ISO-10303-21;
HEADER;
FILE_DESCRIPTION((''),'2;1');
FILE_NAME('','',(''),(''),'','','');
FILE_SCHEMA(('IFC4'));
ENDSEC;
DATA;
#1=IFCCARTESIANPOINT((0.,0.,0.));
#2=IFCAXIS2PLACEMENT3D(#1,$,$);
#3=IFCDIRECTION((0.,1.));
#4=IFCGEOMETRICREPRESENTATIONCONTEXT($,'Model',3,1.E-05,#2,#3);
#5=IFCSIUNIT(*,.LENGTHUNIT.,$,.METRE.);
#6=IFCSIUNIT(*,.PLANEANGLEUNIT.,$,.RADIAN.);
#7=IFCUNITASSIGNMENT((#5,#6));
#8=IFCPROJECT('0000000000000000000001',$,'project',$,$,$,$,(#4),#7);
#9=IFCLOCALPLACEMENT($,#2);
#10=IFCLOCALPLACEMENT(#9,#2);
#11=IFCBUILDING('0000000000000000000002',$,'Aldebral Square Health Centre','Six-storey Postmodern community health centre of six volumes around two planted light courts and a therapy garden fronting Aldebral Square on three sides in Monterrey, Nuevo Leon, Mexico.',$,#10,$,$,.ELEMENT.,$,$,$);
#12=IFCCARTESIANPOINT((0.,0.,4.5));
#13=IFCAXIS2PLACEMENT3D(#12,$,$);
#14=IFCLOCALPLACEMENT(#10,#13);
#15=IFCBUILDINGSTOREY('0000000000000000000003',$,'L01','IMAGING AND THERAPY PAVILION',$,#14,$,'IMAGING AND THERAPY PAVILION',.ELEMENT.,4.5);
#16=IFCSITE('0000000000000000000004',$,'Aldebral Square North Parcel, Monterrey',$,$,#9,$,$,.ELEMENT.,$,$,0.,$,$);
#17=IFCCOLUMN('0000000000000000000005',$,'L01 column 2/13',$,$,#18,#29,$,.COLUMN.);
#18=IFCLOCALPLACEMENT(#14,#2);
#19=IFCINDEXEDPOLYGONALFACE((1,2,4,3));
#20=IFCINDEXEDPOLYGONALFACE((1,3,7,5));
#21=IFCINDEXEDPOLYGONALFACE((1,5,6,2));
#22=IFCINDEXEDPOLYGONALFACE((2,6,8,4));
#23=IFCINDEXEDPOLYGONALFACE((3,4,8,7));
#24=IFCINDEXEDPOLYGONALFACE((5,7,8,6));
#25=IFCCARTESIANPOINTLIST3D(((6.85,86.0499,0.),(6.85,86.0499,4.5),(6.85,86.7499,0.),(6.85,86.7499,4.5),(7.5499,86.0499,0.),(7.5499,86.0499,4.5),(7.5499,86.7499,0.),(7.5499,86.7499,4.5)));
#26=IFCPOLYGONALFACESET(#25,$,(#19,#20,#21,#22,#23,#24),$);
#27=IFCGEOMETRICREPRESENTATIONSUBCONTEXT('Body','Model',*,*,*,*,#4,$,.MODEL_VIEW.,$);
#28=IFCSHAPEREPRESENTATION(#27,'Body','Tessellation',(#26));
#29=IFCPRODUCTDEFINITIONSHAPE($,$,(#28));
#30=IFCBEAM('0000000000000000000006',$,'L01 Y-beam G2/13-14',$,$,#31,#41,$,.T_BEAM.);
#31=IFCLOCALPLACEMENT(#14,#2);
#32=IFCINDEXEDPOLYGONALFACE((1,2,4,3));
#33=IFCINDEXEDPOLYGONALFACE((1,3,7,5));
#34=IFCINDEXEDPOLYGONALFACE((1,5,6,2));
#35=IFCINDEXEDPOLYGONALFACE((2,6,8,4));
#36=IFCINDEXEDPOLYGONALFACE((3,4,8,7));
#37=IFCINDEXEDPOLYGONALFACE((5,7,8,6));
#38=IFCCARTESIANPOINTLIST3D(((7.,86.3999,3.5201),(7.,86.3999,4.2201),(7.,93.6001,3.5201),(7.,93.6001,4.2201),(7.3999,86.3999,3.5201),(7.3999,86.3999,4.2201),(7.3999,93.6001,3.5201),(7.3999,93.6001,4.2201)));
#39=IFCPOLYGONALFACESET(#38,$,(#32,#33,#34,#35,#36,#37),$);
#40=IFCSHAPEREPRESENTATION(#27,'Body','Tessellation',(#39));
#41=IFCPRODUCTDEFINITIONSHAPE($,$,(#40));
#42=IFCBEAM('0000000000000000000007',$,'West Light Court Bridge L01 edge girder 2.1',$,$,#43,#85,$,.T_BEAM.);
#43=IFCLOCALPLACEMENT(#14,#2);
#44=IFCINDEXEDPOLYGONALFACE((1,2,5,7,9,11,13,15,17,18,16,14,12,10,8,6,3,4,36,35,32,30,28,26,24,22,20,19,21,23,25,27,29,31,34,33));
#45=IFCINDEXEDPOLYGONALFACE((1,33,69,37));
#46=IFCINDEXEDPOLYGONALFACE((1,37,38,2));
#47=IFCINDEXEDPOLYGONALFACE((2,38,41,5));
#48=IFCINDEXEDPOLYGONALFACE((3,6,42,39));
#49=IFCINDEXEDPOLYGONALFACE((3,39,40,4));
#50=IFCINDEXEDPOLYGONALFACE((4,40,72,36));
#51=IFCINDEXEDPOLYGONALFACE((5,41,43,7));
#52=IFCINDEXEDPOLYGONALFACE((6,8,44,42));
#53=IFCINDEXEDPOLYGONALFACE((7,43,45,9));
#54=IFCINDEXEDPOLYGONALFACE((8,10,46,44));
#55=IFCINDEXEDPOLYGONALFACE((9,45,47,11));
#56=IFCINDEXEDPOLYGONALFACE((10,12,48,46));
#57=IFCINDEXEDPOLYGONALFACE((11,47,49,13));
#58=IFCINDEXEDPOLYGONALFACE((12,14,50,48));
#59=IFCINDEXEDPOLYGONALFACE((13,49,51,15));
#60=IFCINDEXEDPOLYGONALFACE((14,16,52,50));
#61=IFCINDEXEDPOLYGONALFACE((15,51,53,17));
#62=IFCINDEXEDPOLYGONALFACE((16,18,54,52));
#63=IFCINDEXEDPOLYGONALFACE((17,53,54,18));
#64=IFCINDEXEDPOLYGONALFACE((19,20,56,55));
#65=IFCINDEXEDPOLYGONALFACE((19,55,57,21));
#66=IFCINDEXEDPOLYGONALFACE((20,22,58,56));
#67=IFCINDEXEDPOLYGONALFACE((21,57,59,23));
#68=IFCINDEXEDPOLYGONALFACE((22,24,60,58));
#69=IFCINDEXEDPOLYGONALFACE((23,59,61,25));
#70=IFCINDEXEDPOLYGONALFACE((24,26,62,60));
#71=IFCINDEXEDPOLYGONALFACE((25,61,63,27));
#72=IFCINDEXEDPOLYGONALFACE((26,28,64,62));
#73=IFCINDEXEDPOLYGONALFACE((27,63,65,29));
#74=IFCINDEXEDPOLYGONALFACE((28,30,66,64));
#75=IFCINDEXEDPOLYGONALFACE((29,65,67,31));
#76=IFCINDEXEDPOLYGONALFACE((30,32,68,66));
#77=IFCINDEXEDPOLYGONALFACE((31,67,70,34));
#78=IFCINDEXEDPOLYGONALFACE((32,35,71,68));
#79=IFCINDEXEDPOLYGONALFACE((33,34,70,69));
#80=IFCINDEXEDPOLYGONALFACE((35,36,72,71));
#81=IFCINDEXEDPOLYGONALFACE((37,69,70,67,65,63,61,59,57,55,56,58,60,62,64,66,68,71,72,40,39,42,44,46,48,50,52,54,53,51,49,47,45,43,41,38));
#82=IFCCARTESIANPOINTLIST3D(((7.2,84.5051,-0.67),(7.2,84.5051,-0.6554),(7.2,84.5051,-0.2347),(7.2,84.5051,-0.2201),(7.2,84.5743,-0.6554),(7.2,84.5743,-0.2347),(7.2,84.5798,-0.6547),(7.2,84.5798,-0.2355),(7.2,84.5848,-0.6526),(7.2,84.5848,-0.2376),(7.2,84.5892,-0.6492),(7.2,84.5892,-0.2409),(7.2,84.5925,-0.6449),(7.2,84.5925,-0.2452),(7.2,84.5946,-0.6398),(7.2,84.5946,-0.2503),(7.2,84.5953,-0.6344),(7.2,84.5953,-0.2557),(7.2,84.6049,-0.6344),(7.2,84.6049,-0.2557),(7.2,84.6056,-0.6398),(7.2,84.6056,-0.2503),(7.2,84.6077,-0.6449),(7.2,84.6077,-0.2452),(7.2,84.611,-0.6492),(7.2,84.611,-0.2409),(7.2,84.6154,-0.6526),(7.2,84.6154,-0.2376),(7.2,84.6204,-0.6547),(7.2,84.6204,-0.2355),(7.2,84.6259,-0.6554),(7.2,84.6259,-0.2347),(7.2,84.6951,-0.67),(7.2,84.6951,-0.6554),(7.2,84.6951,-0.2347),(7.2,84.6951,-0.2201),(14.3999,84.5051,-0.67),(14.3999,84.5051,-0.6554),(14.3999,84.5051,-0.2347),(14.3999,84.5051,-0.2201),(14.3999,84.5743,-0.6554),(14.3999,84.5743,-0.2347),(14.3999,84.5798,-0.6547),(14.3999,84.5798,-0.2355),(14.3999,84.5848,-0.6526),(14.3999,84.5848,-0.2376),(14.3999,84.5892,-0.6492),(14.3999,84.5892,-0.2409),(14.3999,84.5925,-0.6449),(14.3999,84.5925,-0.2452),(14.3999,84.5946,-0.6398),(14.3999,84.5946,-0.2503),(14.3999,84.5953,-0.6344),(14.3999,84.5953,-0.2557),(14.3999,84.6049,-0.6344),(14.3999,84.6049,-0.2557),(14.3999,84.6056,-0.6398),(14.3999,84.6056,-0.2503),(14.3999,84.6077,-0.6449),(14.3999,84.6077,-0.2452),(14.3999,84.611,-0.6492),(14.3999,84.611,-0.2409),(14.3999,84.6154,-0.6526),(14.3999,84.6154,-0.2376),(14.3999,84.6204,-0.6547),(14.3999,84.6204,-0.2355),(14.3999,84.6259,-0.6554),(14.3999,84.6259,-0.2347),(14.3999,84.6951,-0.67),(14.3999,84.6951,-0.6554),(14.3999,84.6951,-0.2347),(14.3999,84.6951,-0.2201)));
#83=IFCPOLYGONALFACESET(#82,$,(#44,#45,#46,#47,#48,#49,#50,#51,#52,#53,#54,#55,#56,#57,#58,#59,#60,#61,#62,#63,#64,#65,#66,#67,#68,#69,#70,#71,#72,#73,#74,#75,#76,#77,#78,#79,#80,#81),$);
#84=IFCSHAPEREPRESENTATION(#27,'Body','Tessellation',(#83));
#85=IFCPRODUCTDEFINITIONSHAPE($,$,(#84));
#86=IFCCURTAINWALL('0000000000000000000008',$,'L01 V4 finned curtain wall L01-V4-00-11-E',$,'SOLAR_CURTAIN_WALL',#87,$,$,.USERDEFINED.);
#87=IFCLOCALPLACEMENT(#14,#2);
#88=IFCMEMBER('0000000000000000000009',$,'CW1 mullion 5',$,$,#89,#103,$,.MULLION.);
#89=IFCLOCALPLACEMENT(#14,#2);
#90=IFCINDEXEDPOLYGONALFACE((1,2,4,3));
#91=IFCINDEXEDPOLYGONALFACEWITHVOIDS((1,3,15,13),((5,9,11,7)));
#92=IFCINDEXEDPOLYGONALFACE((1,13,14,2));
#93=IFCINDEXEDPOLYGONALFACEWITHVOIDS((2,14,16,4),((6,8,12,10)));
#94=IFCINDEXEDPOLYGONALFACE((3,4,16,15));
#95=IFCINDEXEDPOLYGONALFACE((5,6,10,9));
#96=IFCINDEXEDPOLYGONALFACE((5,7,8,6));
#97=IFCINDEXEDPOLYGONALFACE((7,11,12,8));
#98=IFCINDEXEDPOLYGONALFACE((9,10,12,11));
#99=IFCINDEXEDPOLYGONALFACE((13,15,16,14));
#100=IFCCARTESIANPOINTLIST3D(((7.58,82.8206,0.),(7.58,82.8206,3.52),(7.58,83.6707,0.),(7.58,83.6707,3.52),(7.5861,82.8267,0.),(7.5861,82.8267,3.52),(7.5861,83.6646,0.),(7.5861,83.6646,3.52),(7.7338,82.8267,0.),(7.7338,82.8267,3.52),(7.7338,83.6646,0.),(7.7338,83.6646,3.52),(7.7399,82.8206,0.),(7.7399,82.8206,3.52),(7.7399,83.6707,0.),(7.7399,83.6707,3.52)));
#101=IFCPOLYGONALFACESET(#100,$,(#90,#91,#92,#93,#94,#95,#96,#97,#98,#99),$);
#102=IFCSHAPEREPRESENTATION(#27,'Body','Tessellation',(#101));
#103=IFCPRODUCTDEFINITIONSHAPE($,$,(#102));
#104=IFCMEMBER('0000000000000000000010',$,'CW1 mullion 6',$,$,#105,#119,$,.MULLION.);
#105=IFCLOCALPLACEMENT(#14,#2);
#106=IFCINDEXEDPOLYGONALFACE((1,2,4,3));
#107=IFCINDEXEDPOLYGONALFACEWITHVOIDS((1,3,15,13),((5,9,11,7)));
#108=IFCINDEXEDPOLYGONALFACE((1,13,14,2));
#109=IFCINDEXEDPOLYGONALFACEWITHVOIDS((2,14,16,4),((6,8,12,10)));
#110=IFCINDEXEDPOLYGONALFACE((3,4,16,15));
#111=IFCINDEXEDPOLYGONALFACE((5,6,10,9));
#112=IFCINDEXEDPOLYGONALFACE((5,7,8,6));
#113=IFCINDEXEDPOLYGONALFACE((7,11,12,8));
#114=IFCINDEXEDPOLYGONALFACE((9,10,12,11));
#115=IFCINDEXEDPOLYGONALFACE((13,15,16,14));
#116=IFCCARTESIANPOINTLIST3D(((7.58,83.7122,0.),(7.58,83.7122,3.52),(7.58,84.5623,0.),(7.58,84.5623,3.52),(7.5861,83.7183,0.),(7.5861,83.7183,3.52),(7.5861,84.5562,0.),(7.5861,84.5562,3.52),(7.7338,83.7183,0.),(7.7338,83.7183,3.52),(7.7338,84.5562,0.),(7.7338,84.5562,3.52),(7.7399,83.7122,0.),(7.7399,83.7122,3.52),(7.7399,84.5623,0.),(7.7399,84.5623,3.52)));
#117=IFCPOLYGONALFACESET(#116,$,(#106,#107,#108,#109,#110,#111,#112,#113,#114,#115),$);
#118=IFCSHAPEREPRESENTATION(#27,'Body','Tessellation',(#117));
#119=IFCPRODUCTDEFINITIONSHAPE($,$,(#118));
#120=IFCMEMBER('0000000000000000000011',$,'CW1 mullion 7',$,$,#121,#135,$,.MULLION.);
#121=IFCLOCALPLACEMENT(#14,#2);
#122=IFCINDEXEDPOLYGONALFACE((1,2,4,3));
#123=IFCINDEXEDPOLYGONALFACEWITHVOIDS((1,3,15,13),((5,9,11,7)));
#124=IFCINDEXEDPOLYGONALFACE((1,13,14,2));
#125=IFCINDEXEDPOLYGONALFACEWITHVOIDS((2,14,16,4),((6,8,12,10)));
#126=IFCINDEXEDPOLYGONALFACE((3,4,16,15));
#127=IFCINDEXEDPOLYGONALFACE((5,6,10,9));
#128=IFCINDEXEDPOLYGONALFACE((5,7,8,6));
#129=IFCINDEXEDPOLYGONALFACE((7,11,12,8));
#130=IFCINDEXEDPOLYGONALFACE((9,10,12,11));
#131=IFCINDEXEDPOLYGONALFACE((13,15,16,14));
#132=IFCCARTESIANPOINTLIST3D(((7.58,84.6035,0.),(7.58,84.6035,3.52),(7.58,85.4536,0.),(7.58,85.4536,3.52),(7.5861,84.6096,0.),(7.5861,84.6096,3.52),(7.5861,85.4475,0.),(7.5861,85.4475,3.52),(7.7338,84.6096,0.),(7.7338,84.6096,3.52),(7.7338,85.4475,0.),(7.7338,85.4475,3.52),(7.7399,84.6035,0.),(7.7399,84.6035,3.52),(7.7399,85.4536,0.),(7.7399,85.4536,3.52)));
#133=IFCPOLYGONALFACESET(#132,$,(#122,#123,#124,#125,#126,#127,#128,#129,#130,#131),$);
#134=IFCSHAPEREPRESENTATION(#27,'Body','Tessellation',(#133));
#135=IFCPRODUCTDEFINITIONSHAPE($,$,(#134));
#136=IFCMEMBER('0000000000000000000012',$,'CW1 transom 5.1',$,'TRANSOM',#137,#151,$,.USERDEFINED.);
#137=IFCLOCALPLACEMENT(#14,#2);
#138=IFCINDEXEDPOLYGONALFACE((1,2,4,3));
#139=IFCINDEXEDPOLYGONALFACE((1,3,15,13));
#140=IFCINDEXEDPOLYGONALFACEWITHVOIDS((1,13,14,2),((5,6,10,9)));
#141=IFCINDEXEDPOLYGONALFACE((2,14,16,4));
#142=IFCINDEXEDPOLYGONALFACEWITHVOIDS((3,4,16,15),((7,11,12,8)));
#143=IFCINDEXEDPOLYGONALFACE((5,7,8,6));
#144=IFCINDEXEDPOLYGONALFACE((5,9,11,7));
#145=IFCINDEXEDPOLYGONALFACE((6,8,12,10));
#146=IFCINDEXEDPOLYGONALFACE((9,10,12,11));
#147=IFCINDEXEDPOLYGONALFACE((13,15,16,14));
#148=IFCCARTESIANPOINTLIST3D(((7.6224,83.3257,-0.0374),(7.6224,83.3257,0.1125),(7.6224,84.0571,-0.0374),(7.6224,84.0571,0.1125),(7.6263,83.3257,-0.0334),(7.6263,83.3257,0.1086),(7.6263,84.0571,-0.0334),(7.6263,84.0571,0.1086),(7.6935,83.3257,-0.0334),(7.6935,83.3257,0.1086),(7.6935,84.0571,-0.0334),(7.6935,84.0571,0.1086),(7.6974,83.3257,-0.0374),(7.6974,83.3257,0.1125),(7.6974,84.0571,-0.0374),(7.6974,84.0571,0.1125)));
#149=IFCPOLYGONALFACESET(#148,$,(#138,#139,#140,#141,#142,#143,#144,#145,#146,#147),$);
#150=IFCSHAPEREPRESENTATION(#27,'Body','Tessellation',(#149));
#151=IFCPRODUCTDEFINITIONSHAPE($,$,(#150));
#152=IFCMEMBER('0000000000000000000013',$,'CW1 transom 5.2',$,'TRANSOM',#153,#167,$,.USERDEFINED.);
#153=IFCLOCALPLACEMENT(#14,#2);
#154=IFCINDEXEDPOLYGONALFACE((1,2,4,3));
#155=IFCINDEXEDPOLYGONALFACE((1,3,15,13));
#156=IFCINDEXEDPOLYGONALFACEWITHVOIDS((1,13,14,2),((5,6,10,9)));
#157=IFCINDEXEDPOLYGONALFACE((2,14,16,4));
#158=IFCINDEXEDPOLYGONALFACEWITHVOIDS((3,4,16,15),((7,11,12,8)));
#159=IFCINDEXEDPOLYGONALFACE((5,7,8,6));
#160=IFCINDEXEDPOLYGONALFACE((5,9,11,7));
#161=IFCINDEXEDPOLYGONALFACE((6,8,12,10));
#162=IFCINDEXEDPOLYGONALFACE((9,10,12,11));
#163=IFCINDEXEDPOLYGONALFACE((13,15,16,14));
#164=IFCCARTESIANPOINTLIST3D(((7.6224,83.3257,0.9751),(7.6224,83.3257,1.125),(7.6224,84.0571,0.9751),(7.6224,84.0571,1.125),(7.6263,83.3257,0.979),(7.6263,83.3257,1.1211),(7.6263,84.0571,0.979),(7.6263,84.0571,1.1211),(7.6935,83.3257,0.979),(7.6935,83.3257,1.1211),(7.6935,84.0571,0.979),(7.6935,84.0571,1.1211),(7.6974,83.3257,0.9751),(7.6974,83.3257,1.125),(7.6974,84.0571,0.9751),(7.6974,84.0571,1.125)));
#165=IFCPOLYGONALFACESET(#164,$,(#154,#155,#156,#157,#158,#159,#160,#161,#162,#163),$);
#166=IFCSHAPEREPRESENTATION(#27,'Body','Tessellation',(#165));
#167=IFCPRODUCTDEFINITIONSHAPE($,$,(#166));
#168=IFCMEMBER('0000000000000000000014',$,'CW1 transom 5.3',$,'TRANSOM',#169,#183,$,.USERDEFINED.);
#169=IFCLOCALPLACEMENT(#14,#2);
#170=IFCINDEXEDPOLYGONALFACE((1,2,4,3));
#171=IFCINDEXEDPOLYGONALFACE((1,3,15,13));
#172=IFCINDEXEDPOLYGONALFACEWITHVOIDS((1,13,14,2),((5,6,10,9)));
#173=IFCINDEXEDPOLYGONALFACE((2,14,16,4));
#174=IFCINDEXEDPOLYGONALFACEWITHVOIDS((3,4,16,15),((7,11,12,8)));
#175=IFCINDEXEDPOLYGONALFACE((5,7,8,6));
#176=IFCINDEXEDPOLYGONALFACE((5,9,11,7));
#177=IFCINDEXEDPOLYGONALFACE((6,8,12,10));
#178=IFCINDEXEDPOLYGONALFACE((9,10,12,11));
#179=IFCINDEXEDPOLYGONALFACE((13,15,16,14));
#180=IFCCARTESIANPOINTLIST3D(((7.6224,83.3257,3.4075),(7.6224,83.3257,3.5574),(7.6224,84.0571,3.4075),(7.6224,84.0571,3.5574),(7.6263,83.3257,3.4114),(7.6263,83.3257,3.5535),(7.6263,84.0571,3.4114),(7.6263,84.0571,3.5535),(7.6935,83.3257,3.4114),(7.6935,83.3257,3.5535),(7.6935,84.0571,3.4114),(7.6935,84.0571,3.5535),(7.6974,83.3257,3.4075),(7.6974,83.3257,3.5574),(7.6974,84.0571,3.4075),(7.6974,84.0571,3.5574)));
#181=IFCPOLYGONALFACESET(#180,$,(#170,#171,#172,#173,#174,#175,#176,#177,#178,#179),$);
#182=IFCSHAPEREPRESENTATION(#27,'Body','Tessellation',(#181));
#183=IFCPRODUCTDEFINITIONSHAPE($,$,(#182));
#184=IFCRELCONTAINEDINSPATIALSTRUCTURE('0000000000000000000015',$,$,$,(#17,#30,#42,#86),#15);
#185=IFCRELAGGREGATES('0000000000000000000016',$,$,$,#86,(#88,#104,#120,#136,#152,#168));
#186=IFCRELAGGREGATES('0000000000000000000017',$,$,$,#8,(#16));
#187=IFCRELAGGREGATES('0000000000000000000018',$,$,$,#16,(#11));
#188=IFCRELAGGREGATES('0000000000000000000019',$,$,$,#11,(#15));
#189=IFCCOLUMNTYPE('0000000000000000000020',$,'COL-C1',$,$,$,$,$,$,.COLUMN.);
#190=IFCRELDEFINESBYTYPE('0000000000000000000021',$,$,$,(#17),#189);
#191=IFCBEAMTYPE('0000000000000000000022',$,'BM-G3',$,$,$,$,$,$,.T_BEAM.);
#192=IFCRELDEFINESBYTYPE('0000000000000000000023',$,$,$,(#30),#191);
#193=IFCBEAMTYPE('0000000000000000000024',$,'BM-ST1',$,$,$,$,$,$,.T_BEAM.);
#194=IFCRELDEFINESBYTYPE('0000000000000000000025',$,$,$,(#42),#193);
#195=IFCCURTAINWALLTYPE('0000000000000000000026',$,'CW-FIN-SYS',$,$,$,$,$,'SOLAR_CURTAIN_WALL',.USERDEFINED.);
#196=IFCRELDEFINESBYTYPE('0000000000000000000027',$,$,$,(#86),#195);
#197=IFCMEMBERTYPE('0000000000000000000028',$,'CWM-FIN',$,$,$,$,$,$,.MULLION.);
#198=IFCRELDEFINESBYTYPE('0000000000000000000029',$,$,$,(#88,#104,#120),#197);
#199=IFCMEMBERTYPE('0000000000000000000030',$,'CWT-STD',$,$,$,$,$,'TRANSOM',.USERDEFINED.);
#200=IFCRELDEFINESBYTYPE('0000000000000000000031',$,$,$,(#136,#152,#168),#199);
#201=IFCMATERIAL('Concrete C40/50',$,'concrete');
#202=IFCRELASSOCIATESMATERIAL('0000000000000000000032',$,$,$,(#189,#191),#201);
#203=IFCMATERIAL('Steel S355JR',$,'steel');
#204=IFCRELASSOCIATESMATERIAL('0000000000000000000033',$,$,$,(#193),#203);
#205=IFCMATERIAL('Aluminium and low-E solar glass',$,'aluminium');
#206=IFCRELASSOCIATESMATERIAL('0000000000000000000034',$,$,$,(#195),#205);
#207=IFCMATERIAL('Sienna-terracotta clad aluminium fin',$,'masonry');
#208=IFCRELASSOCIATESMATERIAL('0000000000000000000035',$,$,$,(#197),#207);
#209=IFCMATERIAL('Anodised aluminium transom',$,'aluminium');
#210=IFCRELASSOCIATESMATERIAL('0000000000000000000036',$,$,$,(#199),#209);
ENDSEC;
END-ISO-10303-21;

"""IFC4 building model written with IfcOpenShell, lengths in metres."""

from ifc_helpers import new_model, si_unit, direction, frame, origin, origin_2d, place, context, subcontext, project, spatial, rectangle, hollow_rectangle, i_section, extrude, material, material_profile, profile_set, type_object, element, aggregate, save


model = new_model("IFC4")

# Units and contexts
model_context = context("Model", 3, precision=1e-05, world=origin(), true_north=direction((0.0, 1.0)))
body_context = subcontext(model_context, "Body", "Model", "MODEL_VIEW")
ifc_project = project(units=[si_unit("LENGTHUNIT", "METRE"), si_unit("PLANEANGLEUNIT", "RADIAN")], contexts=[model_context])

# Site, building, storey
site_placement = place(None, origin())
site = spatial("IfcSite", under=ifc_project, at=site_placement, Name="Aldebral Square North Parcel, Monterrey", CompositionType="ELEMENT", RefElevation=0.0)
building_placement = place(site_placement, origin())
building = spatial("IfcBuilding", under=site, at=building_placement, Name="Aldebral Square Health Centre", Description="Six-storey Postmodern community health centre of six volumes around two planted light courts and a therapy garden fronting Aldebral Square on three sides in Monterrey, Nuevo Leon, Mexico.", CompositionType="ELEMENT")
storey_placement = place(building_placement, frame((0.0, 0.0, 4.5)))
storey = spatial("IfcBuildingStorey", under=building, at=storey_placement, Name="L01", Description="IMAGING AND THERAPY PAVILION", LongName="IMAGING AND THERAPY PAVILION", CompositionType="ELEMENT", Elevation=4.5)

# Column
ifc_material_1 = material(Name="Concrete C40/50", Category="concrete")
ifc_material_profile_1 = material_profile(ifc_material_1, rectangle(XDim=0.7, YDim=0.7, at=origin_2d()), Name="RC 700x700")
ifc_profile_set_1 = profile_set([ifc_material_profile_1], Name="Concrete C40/50")
column_type = type_object("IfcColumnType", Name="COL-C1", PredefinedType="COLUMN", material=ifc_profile_set_1)
column_placement = place(storey_placement, frame((7.2, 86.3999, 0.0), z_axis=(0.0, 0.0, 1.0), x_axis=(1.0, 0.0, 0.0)))
element("IfcColumn", 1, at=column_placement, inside=storey, type_object=column_type, Name="L01 column 2/13", PredefinedType="COLUMN", context=body_context, shape_type="SweptSolid", body=[
    extrude(rectangle(XDim=0.7, YDim=0.7, at=origin_2d()), origin(), (0.0, 0.0, 1.0), 4.5),
])

# Beams
ifc_material_profile_2 = material_profile(ifc_material_1, rectangle(XDim=0.3999, YDim=0.7, at=origin_2d()), Name="RC 400x700")
ifc_profile_set_2 = profile_set([ifc_material_profile_2], Name="Concrete C40/50")
beam_type_1 = type_object("IfcBeamType", Name="BM-G3", PredefinedType="T_BEAM", material=ifc_profile_set_2)
beam_1_placement = place(storey_placement, frame((7.2, 86.3999, 3.8701), z_axis=(0.0, 1.0, 0.0), x_axis=(-1.0, 0.0, 0.0)))
element("IfcBeam", 2, at=beam_1_placement, inside=storey, type_object=beam_type_1, Name="L01 Y-beam G2/13-14", PredefinedType="T_BEAM", context=body_context, shape_type="SweptSolid", body=[
    extrude(rectangle(XDim=0.3999, YDim=0.7, at=origin_2d()), origin(), (0.0, 0.0, 1.0), 7.2002),
])
ifc_material_2 = material(Name="Steel S355JR", Category="steel")
ifc_material_profile_3 = material_profile(ifc_material_2, i_section(OverallWidth=0.1899, OverallDepth=0.45, WebThickness=0.0095, FlangeThickness=0.0146, FilletRadius=0.021, at=origin_2d()), Name="IPE 450")
ifc_profile_set_3 = profile_set([ifc_material_profile_3], Name="Steel S355JR")
beam_type_2 = type_object("IfcBeamType", Name="BM-ST1", PredefinedType="T_BEAM", material=ifc_profile_set_3)
beam_2_placement = place(storey_placement, frame((7.2, 84.6001, -0.4451), z_axis=(1.0, 0.0, 0.0), x_axis=(0.0, 1.0, 0.0)))
element("IfcBeam", 3, at=beam_2_placement, inside=storey, type_object=beam_type_2, Name="West Light Court Bridge L01 edge girder 2.1", PredefinedType="T_BEAM", context=body_context, shape_type="SweptSolid", body=[
    extrude(i_section(OverallWidth=0.1899, OverallDepth=0.45, WebThickness=0.0095, FlangeThickness=0.0146, FilletRadius=0.021, at=origin_2d()), origin(), (0.0, 0.0, 1.0), 7.2),
])

# Curtain wall, members
ifc_material_3 = material(Name="Aluminium and low-E solar glass", Category="aluminium")
curtain_wall_type = type_object("IfcCurtainWallType", Name="CW-FIN-SYS", ElementType="SOLAR_CURTAIN_WALL", PredefinedType="USERDEFINED", material=ifc_material_3)
curtain_wall_placement = place(storey_placement, origin())
curtain_wall = element("IfcCurtainWall", 4, at=curtain_wall_placement, inside=storey, type_object=curtain_wall_type, Name="L01 V4 finned curtain wall L01-V4-00-11-E", ObjectType="SOLAR_CURTAIN_WALL", PredefinedType="USERDEFINED")
ifc_material_4 = material(Name="Sienna-terracotta clad aluminium fin", Category="masonry")
ifc_material_profile_4 = material_profile(ifc_material_4, hollow_rectangle(XDim=0.1599, YDim=0.8501, WallThickness=0.0061, at=origin_2d()), Name="FIN 160x850x6")
ifc_profile_set_4 = profile_set([ifc_material_profile_4], Name="Sienna-terracotta clad aluminium fin")
member_type_1 = type_object("IfcMemberType", Name="CWM-FIN", PredefinedType="MULLION", material=ifc_profile_set_4)
member_1_placement = place(storey_placement, frame((7.6599, 83.2456, 0.0), z_axis=(0.0, 0.0, 1.0), x_axis=(-1.0, 0.0, 0.0)))
member_1 = element("IfcMember", 5, at=member_1_placement, type_object=member_type_1, Name="CW1 mullion 5", PredefinedType="MULLION", context=body_context, shape_type="SweptSolid", body=[
    extrude(hollow_rectangle(XDim=0.1599, YDim=0.8501, WallThickness=0.0061, at=origin_2d()), origin(), (0.0, 0.0, 1.0), 3.52),
])
member_2_placement = place(storey_placement, frame((7.6599, 84.1372, 0.0), z_axis=(0.0, 0.0, 1.0), x_axis=(-1.0, 0.0, 0.0)))
member_2 = element("IfcMember", 6, at=member_2_placement, type_object=member_type_1, Name="CW1 mullion 6", PredefinedType="MULLION", context=body_context, shape_type="SweptSolid", body=[
    extrude(hollow_rectangle(XDim=0.1599, YDim=0.8501, WallThickness=0.0061, at=origin_2d()), origin(), (0.0, 0.0, 1.0), 3.52),
])
member_3_placement = place(storey_placement, frame((7.6599, 85.0286, 0.0), z_axis=(0.0, 0.0, 1.0), x_axis=(-1.0, 0.0, 0.0)))
member_3 = element("IfcMember", 7, at=member_3_placement, type_object=member_type_1, Name="CW1 mullion 7", PredefinedType="MULLION", context=body_context, shape_type="SweptSolid", body=[
    extrude(hollow_rectangle(XDim=0.1599, YDim=0.8501, WallThickness=0.0061, at=origin_2d()), origin(), (0.0, 0.0, 1.0), 3.52),
])
ifc_material_5 = material(Name="Anodised aluminium transom", Category="aluminium")
ifc_material_profile_5 = material_profile(ifc_material_5, hollow_rectangle(XDim=0.075, YDim=0.1499, WallThickness=0.0039, at=origin_2d()), Name="CWT 75x150x4")
ifc_profile_set_5 = profile_set([ifc_material_profile_5], Name="Anodised aluminium transom")
member_type_2 = type_object("IfcMemberType", Name="CWT-STD", ElementType="TRANSOM", PredefinedType="USERDEFINED", material=ifc_profile_set_5)
member_4_placement = place(storey_placement, frame((7.6599, 83.3257, 0.0376), z_axis=(0.0, 1.0, 0.0), x_axis=(-1.0, 0.0, 0.0)))
member_4 = element("IfcMember", 8, at=member_4_placement, type_object=member_type_2, Name="CW1 transom 5.1", ObjectType="TRANSOM", PredefinedType="USERDEFINED", context=body_context, shape_type="SweptSolid", body=[
    extrude(hollow_rectangle(XDim=0.075, YDim=0.1499, WallThickness=0.0039, at=origin_2d()), origin(), (0.0, 0.0, 1.0), 0.7314),
])
member_5_placement = place(storey_placement, frame((7.6599, 83.3257, 1.05), z_axis=(0.0, 1.0, 0.0), x_axis=(-1.0, 0.0, 0.0)))
member_5 = element("IfcMember", 9, at=member_5_placement, type_object=member_type_2, Name="CW1 transom 5.2", ObjectType="TRANSOM", PredefinedType="USERDEFINED", context=body_context, shape_type="SweptSolid", body=[
    extrude(hollow_rectangle(XDim=0.075, YDim=0.1499, WallThickness=0.0039, at=origin_2d()), origin(), (0.0, 0.0, 1.0), 0.7314),
])
member_6_placement = place(storey_placement, frame((7.6599, 83.3257, 3.4824), z_axis=(0.0, 1.0, 0.0), x_axis=(-1.0, 0.0, 0.0)))
member_6 = element("IfcMember", 10, at=member_6_placement, type_object=member_type_2, Name="CW1 transom 5.3", ObjectType="TRANSOM", PredefinedType="USERDEFINED", context=body_context, shape_type="SweptSolid", body=[
    extrude(hollow_rectangle(XDim=0.075, YDim=0.1499, WallThickness=0.0039, at=origin_2d()), origin(), (0.0, 0.0, 1.0), 0.7314),
])
aggregate(curtain_wall, [member_1, member_2, member_3, member_4, member_5, member_6])

save(model, "model.ifc")
